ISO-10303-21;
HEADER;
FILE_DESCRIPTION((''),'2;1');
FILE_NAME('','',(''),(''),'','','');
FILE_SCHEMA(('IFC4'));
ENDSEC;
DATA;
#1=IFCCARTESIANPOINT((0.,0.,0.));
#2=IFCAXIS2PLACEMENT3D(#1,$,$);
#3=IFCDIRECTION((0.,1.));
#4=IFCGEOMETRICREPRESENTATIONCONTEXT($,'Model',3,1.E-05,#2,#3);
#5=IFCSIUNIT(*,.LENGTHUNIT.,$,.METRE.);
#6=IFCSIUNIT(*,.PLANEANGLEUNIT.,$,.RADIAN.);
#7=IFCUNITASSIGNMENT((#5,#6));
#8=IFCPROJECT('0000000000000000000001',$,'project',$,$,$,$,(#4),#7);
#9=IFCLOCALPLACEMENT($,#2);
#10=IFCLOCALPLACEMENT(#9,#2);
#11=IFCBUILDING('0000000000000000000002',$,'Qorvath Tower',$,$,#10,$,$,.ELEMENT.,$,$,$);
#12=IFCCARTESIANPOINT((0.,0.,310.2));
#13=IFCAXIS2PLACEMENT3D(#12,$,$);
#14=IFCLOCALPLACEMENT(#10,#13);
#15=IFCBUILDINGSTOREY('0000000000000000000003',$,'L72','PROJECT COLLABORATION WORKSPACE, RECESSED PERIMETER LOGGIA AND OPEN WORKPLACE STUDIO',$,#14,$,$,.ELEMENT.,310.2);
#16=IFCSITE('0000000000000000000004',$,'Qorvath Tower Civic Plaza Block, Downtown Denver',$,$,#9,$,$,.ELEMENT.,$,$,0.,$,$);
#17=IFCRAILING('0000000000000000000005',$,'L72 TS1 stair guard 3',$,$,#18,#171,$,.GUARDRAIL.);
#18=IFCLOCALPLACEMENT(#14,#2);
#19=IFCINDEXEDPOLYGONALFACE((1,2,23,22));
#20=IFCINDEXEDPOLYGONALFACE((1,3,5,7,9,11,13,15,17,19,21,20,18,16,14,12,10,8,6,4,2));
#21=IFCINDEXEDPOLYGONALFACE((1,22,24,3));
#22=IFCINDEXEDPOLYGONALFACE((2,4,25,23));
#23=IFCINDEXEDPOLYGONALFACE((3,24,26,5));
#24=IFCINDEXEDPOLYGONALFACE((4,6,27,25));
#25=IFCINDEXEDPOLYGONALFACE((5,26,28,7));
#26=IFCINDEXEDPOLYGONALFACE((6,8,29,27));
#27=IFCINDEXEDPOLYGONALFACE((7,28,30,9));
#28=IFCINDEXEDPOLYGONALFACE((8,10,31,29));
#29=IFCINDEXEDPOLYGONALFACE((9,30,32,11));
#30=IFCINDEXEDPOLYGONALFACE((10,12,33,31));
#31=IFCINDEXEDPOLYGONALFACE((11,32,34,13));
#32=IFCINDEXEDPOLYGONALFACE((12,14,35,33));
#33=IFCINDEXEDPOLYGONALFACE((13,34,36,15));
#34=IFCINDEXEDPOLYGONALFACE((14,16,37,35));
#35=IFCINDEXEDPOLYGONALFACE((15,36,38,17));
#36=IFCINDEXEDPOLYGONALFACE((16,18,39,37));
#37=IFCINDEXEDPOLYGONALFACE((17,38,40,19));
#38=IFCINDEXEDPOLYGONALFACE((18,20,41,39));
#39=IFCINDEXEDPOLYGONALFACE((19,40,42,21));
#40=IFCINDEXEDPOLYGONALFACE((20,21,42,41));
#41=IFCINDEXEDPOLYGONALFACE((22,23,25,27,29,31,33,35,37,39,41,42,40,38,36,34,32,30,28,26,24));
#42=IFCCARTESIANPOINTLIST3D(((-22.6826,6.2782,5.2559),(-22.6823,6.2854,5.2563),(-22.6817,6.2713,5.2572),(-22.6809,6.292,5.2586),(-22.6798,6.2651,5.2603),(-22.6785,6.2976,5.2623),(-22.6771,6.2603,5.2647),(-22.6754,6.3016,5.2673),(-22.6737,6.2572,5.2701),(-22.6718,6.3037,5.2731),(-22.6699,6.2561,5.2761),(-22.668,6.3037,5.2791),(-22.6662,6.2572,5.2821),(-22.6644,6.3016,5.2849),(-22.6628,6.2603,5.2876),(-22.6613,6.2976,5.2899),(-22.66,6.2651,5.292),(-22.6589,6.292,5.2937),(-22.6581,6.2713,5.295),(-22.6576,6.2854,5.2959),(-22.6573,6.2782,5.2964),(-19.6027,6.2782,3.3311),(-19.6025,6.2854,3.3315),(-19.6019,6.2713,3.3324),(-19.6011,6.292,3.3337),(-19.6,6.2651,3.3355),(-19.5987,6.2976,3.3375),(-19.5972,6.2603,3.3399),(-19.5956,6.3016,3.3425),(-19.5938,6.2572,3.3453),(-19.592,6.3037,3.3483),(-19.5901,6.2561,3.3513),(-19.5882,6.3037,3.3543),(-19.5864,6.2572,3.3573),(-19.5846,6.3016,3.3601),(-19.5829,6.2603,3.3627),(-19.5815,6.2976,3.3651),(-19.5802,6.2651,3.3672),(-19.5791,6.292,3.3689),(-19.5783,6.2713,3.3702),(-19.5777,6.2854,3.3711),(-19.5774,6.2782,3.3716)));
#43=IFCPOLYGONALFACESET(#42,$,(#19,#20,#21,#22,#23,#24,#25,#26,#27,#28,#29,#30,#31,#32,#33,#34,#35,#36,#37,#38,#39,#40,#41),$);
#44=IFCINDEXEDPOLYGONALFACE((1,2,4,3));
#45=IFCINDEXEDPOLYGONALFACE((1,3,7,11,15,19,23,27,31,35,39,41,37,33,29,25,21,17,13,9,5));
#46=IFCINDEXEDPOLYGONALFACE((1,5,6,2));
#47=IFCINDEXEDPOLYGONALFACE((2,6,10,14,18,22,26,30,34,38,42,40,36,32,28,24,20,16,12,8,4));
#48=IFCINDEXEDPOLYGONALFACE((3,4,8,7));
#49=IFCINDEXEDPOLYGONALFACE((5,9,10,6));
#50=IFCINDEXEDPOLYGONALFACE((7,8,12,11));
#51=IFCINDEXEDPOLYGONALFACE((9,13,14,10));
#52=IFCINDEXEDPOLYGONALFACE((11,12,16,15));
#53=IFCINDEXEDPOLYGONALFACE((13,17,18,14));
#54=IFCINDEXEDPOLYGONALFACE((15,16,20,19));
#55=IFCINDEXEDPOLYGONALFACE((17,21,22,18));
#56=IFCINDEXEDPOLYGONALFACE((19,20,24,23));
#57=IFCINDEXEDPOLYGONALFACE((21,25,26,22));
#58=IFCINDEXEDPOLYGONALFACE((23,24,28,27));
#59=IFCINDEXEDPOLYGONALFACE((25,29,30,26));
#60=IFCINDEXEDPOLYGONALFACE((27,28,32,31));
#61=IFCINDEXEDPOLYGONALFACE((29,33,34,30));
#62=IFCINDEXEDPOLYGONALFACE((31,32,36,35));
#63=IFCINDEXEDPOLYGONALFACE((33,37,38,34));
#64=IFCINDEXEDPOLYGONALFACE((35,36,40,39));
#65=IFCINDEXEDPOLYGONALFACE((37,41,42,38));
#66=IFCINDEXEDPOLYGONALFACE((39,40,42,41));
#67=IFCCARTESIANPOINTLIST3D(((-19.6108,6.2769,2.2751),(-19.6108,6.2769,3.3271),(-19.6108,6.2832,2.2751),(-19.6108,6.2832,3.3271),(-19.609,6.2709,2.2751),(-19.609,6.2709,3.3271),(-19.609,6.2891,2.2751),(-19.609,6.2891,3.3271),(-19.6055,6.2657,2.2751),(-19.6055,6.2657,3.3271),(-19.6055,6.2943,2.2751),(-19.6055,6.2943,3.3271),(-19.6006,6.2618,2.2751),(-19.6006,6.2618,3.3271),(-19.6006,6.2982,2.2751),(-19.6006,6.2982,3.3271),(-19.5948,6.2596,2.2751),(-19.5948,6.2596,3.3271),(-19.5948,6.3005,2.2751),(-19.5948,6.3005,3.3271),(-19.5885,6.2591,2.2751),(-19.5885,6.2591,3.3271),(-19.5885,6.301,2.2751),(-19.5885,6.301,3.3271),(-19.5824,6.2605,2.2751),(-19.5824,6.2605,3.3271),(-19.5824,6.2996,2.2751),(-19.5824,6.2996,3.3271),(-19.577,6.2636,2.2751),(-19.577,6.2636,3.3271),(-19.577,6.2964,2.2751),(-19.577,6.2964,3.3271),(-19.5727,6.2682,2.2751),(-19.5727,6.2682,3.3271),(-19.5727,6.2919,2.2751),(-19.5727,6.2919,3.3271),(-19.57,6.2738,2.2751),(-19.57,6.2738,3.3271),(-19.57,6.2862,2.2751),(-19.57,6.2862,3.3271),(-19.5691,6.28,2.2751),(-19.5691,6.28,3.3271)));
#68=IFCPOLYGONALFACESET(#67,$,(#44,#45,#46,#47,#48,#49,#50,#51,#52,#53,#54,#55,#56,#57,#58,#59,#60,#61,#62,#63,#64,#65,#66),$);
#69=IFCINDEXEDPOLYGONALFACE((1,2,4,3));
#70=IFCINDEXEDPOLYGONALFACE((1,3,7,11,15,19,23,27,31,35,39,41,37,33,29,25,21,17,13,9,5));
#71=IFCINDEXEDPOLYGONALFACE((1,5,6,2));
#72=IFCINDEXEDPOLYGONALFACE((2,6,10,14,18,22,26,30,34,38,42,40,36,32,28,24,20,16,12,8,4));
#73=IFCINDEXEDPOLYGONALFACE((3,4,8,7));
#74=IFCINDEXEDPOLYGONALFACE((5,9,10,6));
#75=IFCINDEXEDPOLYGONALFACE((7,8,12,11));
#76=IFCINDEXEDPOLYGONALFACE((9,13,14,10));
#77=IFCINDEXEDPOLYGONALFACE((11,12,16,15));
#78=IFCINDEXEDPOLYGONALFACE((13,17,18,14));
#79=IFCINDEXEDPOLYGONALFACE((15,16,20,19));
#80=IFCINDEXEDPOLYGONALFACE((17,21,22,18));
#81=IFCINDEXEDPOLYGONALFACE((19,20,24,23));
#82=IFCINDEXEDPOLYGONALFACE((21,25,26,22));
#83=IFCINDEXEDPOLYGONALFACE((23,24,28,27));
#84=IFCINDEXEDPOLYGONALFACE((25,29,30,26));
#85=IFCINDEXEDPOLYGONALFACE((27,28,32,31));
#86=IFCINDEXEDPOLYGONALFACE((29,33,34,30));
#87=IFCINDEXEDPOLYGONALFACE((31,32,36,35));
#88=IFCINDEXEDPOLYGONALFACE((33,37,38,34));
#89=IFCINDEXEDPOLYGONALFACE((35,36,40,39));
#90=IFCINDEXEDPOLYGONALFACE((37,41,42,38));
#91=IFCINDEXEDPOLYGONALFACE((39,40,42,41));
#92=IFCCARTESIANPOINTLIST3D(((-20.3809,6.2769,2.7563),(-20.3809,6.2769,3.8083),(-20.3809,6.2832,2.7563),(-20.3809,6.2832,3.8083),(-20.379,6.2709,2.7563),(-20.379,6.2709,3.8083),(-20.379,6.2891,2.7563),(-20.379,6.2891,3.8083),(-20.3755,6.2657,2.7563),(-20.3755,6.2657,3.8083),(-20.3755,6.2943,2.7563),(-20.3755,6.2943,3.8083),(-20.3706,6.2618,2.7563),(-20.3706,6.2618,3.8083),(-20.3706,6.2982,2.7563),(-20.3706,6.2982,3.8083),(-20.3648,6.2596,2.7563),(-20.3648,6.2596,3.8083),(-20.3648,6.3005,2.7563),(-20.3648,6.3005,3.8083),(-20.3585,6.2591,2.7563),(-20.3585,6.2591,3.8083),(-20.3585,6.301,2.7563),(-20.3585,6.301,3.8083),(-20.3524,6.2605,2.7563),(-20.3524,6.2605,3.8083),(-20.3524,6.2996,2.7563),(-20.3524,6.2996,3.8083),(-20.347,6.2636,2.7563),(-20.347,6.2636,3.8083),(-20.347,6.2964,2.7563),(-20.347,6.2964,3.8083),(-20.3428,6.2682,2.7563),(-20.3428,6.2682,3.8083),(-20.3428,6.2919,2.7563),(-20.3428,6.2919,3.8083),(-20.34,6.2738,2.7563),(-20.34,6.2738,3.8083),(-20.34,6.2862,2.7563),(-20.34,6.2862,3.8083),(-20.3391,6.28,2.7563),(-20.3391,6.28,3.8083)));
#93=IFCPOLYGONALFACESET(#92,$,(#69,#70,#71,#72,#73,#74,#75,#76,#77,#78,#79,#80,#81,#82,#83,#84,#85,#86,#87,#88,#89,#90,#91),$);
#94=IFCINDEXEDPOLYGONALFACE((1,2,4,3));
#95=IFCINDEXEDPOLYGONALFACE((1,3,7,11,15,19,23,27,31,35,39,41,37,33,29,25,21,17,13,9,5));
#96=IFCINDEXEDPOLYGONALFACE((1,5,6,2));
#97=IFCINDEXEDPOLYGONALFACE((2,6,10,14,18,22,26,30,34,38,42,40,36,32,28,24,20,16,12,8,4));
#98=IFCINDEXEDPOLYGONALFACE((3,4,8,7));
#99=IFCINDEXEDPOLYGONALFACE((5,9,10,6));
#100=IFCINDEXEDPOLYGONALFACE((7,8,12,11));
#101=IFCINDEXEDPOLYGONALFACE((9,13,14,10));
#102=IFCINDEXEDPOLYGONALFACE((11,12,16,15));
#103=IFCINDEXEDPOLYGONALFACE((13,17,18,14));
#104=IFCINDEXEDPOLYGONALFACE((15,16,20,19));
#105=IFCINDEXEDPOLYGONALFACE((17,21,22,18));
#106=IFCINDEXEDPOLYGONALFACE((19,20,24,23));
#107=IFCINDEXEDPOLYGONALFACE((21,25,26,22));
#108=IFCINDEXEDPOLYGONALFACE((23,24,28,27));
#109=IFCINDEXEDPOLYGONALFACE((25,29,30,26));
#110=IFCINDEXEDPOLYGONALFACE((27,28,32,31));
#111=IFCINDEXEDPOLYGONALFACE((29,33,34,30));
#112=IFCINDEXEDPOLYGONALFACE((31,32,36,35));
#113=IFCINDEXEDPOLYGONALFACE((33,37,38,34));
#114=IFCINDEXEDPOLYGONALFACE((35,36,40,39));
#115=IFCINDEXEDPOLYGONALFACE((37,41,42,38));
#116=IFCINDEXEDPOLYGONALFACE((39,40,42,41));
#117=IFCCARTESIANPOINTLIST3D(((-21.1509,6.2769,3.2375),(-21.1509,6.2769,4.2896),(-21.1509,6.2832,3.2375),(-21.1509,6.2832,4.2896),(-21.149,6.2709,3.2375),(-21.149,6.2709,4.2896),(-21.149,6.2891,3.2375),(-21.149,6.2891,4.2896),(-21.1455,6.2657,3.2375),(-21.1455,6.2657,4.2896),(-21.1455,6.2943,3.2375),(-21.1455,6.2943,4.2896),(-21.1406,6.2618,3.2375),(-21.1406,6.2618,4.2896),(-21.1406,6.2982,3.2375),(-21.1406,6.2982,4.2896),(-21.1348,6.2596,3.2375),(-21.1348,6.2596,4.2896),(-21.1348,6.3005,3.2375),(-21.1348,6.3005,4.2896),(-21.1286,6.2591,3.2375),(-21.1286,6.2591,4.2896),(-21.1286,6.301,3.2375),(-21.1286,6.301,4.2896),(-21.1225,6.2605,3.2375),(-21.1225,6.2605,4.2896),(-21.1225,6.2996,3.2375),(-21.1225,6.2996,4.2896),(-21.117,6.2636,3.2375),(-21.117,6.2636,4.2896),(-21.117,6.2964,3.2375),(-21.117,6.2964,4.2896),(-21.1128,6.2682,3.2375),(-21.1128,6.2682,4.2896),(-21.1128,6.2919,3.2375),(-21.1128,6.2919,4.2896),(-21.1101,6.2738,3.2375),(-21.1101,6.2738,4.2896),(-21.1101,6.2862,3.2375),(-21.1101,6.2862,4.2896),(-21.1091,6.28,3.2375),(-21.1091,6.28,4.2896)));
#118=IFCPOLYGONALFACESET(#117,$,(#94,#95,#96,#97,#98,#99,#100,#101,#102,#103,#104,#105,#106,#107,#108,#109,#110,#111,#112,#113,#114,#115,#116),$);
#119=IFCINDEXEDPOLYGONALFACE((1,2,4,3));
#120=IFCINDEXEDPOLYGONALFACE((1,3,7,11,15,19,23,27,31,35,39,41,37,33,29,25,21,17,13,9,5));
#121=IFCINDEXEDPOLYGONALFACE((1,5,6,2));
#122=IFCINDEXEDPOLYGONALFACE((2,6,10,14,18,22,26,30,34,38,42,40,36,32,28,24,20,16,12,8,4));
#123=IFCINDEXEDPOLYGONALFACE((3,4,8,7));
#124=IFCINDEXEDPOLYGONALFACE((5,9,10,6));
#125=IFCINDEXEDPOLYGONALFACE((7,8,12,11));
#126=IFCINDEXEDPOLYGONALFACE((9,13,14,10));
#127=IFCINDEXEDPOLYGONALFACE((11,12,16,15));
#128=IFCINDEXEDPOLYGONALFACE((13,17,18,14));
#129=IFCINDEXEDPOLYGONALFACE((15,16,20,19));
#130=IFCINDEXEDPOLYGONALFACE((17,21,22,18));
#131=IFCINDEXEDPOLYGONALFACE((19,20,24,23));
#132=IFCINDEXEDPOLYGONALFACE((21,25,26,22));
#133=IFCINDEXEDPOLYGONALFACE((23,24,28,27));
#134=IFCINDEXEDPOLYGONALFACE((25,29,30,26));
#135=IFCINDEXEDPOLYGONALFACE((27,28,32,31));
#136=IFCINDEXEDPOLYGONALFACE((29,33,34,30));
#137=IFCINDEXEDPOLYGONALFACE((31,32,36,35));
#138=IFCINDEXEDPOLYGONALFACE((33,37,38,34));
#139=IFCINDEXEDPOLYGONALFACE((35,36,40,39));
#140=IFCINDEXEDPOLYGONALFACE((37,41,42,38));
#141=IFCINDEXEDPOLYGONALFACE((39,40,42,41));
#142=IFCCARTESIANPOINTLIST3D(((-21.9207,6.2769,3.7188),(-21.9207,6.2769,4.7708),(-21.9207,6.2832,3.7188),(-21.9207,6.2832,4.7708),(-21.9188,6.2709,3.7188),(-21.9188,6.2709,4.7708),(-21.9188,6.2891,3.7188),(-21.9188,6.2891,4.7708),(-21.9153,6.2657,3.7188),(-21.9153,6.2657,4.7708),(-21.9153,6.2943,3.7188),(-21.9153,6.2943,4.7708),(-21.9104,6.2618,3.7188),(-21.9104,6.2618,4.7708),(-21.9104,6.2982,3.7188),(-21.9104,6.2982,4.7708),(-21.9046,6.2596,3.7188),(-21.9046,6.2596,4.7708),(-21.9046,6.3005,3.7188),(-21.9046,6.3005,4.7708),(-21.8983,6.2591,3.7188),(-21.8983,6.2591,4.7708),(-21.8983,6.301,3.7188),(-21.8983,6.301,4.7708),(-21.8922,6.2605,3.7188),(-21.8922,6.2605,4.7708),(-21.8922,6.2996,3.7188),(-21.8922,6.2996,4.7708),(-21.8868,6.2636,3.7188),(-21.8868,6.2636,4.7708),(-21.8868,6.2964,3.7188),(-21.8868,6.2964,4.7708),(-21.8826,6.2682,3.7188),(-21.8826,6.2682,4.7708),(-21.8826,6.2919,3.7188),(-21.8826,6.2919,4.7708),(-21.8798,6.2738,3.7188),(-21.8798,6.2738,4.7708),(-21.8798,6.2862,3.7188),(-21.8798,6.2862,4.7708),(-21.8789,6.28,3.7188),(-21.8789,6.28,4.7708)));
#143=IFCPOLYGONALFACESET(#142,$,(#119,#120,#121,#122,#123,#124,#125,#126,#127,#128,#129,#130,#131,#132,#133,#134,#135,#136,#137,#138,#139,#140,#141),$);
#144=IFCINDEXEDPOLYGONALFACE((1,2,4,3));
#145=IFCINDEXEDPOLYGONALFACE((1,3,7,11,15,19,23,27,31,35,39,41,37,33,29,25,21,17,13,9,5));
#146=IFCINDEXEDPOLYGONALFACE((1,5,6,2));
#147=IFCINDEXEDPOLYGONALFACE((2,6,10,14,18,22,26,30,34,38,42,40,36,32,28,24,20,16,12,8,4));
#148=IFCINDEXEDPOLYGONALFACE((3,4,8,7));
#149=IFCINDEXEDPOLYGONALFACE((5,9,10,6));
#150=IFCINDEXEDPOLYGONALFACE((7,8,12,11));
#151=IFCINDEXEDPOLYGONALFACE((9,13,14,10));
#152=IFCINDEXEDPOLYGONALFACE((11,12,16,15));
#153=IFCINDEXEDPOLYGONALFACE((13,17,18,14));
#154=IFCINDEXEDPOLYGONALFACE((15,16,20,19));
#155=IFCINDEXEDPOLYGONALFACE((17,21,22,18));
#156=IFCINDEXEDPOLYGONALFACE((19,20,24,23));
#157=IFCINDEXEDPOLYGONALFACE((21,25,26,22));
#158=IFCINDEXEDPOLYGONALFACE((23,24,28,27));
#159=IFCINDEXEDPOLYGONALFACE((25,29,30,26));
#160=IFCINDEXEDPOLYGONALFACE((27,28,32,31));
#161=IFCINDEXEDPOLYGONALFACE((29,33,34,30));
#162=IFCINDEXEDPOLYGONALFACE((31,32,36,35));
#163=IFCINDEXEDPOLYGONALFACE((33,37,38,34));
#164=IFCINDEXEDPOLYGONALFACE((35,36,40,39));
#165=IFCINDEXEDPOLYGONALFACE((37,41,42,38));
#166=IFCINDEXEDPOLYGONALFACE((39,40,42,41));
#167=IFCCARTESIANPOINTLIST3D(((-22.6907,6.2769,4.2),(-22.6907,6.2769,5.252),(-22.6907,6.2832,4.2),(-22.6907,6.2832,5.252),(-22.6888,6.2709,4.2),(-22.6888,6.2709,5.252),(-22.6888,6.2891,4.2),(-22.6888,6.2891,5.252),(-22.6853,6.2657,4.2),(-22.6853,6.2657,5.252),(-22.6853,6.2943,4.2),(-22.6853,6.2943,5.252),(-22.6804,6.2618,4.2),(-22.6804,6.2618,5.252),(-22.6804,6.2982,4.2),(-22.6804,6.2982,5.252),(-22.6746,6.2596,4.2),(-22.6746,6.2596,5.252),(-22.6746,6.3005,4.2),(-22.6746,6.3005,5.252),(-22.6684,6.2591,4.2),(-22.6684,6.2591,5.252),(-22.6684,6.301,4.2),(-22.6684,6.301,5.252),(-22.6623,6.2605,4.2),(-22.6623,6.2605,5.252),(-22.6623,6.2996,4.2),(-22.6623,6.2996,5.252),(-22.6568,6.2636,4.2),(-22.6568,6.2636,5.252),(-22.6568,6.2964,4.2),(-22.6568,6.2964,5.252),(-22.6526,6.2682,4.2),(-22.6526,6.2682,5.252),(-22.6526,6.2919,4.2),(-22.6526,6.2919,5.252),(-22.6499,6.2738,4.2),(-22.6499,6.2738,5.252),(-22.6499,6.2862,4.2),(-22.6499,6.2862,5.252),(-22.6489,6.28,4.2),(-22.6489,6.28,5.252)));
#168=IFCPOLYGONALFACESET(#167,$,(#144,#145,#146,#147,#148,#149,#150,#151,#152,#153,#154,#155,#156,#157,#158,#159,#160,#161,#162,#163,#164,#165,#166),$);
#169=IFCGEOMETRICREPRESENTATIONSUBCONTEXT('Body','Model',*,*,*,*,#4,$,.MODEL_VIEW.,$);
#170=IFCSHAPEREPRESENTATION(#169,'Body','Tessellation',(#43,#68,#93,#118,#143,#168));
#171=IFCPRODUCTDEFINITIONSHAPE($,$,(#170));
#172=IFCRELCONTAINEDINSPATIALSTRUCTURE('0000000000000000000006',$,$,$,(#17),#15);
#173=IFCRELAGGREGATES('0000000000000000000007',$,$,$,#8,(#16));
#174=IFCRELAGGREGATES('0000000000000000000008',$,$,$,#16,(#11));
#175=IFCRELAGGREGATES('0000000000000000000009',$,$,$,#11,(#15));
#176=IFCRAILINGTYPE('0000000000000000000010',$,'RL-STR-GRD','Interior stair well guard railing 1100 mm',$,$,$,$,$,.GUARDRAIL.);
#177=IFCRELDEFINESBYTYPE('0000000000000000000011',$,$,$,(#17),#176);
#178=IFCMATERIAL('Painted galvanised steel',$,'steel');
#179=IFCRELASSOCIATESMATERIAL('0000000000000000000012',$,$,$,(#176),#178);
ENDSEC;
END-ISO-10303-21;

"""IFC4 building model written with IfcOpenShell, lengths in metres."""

from ifc_helpers import new_model, si_unit, direction, frame, origin, origin_2d, place, context, subcontext, project, spatial, circle, extrude, material, type_object, element, save


model = new_model("IFC4")

# Units and contexts
model_context = context("Model", 3, precision=1e-05, world=origin(), true_north=direction((0.0, 1.0)))
body_context = subcontext(model_context, "Body", "Model", "MODEL_VIEW")
ifc_project = project(units=[si_unit("LENGTHUNIT", "METRE"), si_unit("PLANEANGLEUNIT", "RADIAN")], contexts=[model_context])

# Site, building, storey
site_placement = place(None, origin())
site = spatial("IfcSite", under=ifc_project, at=site_placement, Name="Qorvath Tower Civic Plaza Block, Downtown Denver", CompositionType="ELEMENT", RefElevation=0.0)
building_placement = place(site_placement, origin())
building = spatial("IfcBuilding", under=site, at=building_placement, Name="Qorvath Tower", CompositionType="ELEMENT")
storey_placement = place(building_placement, frame((0.0, 0.0, 310.2)))
storey = spatial("IfcBuildingStorey", under=building, at=storey_placement, Name="L72", Description="PROJECT COLLABORATION WORKSPACE, RECESSED PERIMETER LOGGIA AND OPEN WORKPLACE STUDIO", CompositionType="ELEMENT", Elevation=310.2)

# Railing
ifc_material_1 = material(Name="Painted galvanised steel", Category="steel")
railing_type_1 = type_object("IfcRailingType", Name="RL-STR-GRD", Description="Interior stair well guard railing 1100 mm", PredefinedType="GUARDRAIL", material=ifc_material_1)
railing_1_placement = place(storey_placement, frame((-19.5901, 6.28, 2.2751)))
element("IfcRailing", 1, at=railing_1_placement, inside=storey, type_object=railing_type_1, Name="L72 TS1 stair guard 3", PredefinedType="GUARDRAIL", context=body_context, shape_type="SweptSolid", body=[
    extrude(circle(Radius=0.0239, at=origin_2d()), frame((0.0, 0.0, 1.0762), z_axis=(-0.84801, 0.0, 0.529981), x_axis=(0.0, -1.0, 0.0)), (0.0, 0.0, 1.0), 3.6318),
    extrude(circle(Radius=0.021, at=origin_2d()), origin(), (0.0, 0.0, 1.0), 1.052),
    extrude(circle(Radius=0.021, at=origin_2d()), frame((-0.77, 0.0, 0.4812)), (0.0, 0.0, 1.0), 1.052),
    extrude(circle(Radius=0.021, at=origin_2d()), frame((-1.54, 0.0, 0.9624)), (0.0, 0.0, 1.0), 1.052),
    extrude(circle(Radius=0.021, at=origin_2d()), frame((-2.3098, 0.0, 1.4436)), (0.0, 0.0, 1.0), 1.052),
    extrude(circle(Radius=0.021, at=origin_2d()), frame((-3.0798, 0.0, 1.9248)), (0.0, 0.0, 1.0), 1.052),
])

save(model, "model.ifc")
